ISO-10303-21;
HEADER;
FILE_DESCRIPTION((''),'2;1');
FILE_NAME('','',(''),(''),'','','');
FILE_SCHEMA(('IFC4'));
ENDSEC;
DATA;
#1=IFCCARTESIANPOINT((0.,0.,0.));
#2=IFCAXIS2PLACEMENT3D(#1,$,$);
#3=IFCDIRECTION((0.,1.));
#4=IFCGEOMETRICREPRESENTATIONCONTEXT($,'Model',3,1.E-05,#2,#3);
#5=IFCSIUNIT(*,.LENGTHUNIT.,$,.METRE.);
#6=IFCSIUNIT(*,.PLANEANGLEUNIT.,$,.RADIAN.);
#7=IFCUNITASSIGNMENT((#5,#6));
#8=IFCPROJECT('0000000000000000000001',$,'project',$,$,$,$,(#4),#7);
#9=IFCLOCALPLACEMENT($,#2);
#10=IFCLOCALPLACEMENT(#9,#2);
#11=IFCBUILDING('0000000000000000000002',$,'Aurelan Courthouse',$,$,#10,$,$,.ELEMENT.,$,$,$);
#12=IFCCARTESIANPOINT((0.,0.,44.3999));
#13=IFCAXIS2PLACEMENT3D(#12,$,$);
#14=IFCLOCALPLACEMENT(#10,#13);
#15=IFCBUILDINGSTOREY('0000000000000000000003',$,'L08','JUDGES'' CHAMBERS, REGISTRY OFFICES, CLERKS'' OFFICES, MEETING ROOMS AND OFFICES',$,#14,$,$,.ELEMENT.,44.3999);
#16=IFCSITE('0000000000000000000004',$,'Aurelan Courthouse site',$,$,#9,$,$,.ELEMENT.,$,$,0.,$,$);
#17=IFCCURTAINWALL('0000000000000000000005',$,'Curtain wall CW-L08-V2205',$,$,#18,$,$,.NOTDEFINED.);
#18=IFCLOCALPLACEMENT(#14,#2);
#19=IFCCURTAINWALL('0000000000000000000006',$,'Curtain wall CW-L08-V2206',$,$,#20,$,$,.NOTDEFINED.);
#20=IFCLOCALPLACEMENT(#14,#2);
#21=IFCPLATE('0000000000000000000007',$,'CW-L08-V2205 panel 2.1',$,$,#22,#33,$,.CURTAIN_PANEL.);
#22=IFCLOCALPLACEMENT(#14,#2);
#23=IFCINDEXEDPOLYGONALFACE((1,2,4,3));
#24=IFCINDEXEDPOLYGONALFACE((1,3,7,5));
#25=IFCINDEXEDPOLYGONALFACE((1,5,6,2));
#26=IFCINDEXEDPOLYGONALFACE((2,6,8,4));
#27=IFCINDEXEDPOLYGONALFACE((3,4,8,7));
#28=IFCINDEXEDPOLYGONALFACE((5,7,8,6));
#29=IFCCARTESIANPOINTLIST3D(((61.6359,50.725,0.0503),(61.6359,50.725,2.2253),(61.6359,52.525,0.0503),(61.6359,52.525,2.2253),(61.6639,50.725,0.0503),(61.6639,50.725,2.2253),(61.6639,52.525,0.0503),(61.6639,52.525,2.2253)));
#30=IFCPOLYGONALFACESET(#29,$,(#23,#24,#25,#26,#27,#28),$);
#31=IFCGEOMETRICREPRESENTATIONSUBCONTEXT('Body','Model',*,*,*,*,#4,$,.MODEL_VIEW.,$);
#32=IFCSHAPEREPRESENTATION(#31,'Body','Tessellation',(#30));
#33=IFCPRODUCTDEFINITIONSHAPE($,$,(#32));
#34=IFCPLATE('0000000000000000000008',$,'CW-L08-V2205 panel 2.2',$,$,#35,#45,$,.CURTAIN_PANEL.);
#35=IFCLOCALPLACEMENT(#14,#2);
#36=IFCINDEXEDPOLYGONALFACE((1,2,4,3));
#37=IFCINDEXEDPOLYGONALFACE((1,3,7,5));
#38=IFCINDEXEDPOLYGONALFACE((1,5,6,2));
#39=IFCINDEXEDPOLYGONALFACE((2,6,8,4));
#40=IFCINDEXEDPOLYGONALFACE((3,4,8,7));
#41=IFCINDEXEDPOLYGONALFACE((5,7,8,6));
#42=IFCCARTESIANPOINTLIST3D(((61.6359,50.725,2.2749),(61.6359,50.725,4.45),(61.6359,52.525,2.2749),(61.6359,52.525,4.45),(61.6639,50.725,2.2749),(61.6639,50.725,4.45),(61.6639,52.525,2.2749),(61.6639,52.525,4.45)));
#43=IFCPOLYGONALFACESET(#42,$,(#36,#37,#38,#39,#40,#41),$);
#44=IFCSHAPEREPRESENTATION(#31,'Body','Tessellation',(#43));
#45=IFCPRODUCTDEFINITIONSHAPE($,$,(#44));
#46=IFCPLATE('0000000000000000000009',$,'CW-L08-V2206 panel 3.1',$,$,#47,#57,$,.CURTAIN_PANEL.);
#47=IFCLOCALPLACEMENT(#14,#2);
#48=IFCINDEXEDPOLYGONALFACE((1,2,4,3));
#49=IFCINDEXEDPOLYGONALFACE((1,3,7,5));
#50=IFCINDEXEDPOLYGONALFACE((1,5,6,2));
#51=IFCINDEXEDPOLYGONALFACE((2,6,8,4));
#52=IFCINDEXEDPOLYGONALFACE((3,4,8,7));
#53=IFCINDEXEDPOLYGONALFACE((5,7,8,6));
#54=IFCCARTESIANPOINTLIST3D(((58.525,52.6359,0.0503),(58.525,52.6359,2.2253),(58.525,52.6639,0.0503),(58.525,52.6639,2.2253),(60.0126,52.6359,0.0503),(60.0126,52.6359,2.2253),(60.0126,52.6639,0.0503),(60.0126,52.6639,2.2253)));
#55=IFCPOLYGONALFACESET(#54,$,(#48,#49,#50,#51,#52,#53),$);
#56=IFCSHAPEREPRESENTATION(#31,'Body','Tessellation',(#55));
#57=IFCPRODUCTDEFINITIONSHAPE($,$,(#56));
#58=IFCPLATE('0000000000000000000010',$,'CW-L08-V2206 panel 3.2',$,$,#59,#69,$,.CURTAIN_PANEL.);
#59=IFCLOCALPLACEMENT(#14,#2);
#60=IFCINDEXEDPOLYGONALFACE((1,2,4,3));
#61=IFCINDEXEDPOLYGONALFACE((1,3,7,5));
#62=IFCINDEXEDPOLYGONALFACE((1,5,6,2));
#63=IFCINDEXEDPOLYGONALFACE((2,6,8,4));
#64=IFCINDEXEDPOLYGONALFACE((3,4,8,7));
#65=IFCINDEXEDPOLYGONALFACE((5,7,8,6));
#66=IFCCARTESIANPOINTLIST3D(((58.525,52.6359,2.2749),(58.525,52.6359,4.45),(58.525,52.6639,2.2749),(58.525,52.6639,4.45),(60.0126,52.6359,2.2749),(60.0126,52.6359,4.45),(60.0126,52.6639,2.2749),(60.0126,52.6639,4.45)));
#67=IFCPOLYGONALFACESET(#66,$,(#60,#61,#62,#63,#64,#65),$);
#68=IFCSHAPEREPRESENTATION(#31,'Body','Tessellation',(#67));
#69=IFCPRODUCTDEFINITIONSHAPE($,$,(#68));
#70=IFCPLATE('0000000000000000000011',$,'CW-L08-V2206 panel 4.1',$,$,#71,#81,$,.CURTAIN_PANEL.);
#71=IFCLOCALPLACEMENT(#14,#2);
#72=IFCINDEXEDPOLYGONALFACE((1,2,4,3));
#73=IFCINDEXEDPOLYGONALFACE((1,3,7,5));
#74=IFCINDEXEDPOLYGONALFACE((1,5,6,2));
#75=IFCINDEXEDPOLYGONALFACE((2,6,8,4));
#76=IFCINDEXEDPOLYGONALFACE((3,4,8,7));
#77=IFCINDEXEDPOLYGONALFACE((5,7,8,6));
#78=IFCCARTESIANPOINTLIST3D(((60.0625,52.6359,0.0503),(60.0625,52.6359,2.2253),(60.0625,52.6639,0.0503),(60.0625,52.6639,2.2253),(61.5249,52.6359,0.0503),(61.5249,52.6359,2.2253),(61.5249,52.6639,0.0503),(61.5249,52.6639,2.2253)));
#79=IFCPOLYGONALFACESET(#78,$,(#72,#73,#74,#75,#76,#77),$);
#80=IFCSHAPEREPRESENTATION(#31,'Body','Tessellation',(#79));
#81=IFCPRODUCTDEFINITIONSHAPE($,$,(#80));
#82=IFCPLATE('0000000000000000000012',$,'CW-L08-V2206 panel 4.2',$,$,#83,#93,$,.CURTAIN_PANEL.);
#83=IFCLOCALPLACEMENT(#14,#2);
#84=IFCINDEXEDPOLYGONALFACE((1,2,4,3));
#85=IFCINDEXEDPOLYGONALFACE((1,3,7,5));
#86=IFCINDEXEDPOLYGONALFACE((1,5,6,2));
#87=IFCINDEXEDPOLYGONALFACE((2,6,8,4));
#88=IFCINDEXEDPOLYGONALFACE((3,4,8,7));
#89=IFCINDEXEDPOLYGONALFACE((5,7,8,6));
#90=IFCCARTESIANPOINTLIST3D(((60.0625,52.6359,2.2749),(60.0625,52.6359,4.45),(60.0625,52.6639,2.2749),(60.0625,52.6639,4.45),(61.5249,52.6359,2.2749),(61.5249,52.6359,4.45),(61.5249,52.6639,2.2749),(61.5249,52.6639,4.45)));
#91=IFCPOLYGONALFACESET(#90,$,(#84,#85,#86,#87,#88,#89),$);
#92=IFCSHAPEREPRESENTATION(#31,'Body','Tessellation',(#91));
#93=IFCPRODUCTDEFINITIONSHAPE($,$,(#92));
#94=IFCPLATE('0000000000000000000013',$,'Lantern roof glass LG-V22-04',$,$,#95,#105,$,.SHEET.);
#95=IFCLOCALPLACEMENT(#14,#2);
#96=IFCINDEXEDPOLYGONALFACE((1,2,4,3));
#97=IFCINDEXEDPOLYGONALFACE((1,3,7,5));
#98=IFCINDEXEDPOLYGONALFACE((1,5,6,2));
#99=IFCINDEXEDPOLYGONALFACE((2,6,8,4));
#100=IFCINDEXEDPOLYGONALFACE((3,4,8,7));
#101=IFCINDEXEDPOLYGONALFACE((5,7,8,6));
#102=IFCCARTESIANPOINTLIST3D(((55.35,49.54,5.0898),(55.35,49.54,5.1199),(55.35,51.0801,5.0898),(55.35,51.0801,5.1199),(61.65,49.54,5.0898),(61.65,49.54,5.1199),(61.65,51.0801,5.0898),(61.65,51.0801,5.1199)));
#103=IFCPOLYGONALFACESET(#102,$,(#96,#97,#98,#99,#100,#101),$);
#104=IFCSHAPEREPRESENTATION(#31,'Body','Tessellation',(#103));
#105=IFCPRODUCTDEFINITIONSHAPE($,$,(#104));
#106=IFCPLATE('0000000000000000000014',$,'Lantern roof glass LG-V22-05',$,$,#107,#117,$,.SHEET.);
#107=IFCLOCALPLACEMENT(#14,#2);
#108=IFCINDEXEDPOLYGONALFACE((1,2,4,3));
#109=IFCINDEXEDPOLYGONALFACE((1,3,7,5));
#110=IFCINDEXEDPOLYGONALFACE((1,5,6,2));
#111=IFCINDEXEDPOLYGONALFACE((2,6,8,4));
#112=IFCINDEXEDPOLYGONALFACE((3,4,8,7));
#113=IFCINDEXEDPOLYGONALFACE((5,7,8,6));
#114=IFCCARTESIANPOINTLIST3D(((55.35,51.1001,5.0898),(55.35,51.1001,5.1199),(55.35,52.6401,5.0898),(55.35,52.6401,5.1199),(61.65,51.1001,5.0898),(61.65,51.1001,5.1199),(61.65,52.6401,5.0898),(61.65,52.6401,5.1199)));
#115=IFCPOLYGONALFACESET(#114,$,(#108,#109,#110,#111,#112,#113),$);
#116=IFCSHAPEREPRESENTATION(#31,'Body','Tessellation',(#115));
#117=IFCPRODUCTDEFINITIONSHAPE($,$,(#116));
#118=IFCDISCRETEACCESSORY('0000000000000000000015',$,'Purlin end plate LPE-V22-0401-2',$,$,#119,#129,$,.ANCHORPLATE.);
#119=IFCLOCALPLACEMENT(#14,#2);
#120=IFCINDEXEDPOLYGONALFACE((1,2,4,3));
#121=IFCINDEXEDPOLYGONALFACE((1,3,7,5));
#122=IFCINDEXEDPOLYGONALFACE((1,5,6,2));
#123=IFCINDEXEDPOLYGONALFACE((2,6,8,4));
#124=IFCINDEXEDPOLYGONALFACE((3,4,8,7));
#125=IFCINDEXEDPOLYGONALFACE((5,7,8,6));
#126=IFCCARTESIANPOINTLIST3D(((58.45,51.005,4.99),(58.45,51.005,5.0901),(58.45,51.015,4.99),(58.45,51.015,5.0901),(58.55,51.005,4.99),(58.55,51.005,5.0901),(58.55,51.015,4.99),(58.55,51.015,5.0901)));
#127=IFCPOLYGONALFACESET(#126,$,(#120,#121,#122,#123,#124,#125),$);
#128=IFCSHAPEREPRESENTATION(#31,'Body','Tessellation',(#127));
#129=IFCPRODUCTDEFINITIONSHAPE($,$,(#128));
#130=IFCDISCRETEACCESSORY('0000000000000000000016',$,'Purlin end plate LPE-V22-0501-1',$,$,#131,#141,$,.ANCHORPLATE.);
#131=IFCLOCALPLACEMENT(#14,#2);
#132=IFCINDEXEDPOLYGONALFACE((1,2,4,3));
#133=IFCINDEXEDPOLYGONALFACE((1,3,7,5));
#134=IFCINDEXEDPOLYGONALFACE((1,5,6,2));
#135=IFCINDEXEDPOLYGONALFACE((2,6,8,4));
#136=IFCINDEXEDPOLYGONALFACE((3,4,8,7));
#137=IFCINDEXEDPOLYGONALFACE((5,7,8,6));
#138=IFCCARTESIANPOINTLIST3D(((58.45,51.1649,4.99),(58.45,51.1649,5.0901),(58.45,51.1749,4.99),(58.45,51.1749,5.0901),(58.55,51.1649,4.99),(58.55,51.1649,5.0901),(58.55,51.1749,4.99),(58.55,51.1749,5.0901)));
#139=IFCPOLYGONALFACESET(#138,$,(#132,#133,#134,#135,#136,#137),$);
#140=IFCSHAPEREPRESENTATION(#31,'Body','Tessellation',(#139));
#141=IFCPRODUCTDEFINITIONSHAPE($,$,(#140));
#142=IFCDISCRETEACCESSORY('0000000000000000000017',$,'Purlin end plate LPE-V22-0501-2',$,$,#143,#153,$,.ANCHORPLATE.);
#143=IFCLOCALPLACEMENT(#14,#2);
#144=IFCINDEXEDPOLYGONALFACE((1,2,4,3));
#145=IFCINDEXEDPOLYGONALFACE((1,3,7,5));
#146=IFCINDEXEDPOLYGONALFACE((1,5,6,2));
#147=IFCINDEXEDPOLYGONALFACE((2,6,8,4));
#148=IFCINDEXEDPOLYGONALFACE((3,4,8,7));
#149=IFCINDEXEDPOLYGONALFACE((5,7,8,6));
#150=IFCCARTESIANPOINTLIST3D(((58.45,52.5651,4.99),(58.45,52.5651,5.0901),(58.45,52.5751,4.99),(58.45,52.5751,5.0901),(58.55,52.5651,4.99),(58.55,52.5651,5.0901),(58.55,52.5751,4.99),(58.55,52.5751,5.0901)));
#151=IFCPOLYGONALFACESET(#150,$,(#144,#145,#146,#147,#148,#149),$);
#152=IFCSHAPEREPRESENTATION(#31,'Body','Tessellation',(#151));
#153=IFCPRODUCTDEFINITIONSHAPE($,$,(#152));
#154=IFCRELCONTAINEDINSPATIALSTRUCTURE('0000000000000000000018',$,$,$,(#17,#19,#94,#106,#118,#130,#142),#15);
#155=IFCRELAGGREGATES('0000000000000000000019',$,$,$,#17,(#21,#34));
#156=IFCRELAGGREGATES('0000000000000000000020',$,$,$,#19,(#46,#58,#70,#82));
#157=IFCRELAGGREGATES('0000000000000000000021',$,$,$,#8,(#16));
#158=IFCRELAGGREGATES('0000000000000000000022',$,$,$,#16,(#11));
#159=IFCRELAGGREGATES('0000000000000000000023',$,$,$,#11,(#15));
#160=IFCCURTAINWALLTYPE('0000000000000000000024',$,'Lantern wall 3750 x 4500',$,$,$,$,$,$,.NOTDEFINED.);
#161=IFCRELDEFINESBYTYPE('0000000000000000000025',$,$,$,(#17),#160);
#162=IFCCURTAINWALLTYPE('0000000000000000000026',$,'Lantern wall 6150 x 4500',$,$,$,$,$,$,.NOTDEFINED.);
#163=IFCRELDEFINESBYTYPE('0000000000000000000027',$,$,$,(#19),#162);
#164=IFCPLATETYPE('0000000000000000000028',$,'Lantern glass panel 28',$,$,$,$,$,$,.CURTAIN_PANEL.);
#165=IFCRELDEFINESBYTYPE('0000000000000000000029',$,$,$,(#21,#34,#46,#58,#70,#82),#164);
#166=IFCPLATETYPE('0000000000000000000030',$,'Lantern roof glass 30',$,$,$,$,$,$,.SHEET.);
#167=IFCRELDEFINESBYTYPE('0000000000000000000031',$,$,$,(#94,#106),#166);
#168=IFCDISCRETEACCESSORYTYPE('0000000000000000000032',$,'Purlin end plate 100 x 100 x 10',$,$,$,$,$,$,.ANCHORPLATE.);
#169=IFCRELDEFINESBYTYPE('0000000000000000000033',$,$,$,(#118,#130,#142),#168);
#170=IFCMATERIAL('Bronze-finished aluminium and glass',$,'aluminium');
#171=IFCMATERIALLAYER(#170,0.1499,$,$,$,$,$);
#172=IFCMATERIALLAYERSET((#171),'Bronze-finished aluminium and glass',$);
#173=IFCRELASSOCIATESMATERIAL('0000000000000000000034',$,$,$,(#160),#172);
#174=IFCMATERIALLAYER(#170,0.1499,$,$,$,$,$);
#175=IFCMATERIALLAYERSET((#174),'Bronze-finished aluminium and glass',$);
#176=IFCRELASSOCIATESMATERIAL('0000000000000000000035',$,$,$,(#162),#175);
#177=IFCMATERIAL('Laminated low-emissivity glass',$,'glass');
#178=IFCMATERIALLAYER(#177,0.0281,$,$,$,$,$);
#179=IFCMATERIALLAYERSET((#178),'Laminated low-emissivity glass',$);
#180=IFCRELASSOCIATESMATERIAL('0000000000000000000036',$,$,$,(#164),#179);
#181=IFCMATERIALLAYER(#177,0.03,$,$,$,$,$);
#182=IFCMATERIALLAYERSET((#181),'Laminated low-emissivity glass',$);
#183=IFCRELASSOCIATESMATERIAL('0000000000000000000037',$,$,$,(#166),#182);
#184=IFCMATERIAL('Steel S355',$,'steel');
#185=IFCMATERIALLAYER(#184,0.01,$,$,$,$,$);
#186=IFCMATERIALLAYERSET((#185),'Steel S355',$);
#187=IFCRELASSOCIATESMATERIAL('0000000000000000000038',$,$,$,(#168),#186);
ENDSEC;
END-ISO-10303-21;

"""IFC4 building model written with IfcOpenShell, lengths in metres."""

from ifc_helpers import new_model, si_unit, direction, frame, origin, origin_2d, place, context, subcontext, project, spatial, rectangle, extrude, material, layer, layer_set, type_object, element, aggregate, save


model = new_model("IFC4")

# Units and contexts
model_context = context("Model", 3, precision=1e-05, world=origin(), true_north=direction((0.0, 1.0)))
body_context = subcontext(model_context, "Body", "Model", "MODEL_VIEW")
ifc_project = project(units=[si_unit("LENGTHUNIT", "METRE"), si_unit("PLANEANGLEUNIT", "RADIAN")], contexts=[model_context])

# Site, building, storey
site_placement = place(None, origin())
site = spatial("IfcSite", under=ifc_project, at=site_placement, Name="Aurelan Courthouse site", CompositionType="ELEMENT", RefElevation=0.0)
building_placement = place(site_placement, origin())
building = spatial("IfcBuilding", under=site, at=building_placement, Name="Aurelan Courthouse", CompositionType="ELEMENT")
storey_placement = place(building_placement, frame((0.0, 0.0, 44.3999)))
storey = spatial("IfcBuildingStorey", under=building, at=storey_placement, Name="L08", Description="JUDGES' CHAMBERS, REGISTRY OFFICES, CLERKS' OFFICES, MEETING ROOMS AND OFFICES", CompositionType="ELEMENT", Elevation=44.3999)

# Shared definitions
ifc_material_1 = material(Name="Steel S355", Category="steel")

# Curtain walls
ifc_material_2 = material(Name="Bronze-finished aluminium and glass", Category="aluminium")
ifc_layer_1 = layer(ifc_material_2, 0.1499)
ifc_layer_set_1 = layer_set([ifc_layer_1], Name="Bronze-finished aluminium and glass")
curtain_wall_type_1 = type_object("IfcCurtainWallType", Name="Lantern wall 3750 x 4500", PredefinedType="NOTDEFINED", material=ifc_layer_set_1)
curtain_wall_1_placement = place(storey_placement, origin())
curtain_wall_1 = element("IfcCurtainWall", 1, at=curtain_wall_1_placement, inside=storey, type_object=curtain_wall_type_1, Name="Curtain wall CW-L08-V2205", PredefinedType="NOTDEFINED")
ifc_layer_2 = layer(ifc_material_2, 0.1499)
ifc_layer_set_2 = layer_set([ifc_layer_2], Name="Bronze-finished aluminium and glass")
curtain_wall_type_2 = type_object("IfcCurtainWallType", Name="Lantern wall 6150 x 4500", PredefinedType="NOTDEFINED", material=ifc_layer_set_2)
curtain_wall_2_placement = place(storey_placement, origin())
curtain_wall_2 = element("IfcCurtainWall", 2, at=curtain_wall_2_placement, inside=storey, type_object=curtain_wall_type_2, Name="Curtain wall CW-L08-V2206", PredefinedType="NOTDEFINED")

# Plates
ifc_material_3 = material(Name="Laminated low-emissivity glass", Category="glass")
ifc_layer_3 = layer(ifc_material_3, 0.0281)
ifc_layer_set_3 = layer_set([ifc_layer_3], Name="Laminated low-emissivity glass")
plate_type_1 = type_object("IfcPlateType", Name="Lantern glass panel 28", PredefinedType="CURTAIN_PANEL", material=ifc_layer_set_3)
plate_1_placement = place(storey_placement, frame((61.6499, 51.625, 0.0503), z_axis=(0.0, 0.0, 1.0), x_axis=(0.0, 1.0, 0.0)))
plate_1 = element("IfcPlate", 3, at=plate_1_placement, type_object=plate_type_1, Name="CW-L08-V2205 panel 2.1", PredefinedType="CURTAIN_PANEL", context=body_context, shape_type="SweptSolid", body=[
    extrude(rectangle(XDim=1.8, YDim=0.0281, at=origin_2d()), origin(), (0.0, 0.0, 1.0), 2.175),
])
plate_2_placement = place(storey_placement, frame((61.6499, 51.625, 2.2749), z_axis=(0.0, 0.0, 1.0), x_axis=(0.0, 1.0, 0.0)))
plate_2 = element("IfcPlate", 4, at=plate_2_placement, type_object=plate_type_1, Name="CW-L08-V2205 panel 2.2", PredefinedType="CURTAIN_PANEL", context=body_context, shape_type="SweptSolid", body=[
    extrude(rectangle(XDim=1.8, YDim=0.0281, at=origin_2d()), origin(), (0.0, 0.0, 1.0), 2.175),
])
aggregate(curtain_wall_1, [plate_1, plate_2])
plate_3_placement = place(storey_placement, frame((59.2688, 52.6499, 0.0503), z_axis=(0.0, 0.0, 1.0), x_axis=(1.0, 0.0, 0.0)))
plate_3 = element("IfcPlate", 5, at=plate_3_placement, type_object=plate_type_1, Name="CW-L08-V2206 panel 3.1", PredefinedType="CURTAIN_PANEL", context=body_context, shape_type="SweptSolid", body=[
    extrude(rectangle(XDim=1.4875, YDim=0.0281, at=origin_2d()), origin(), (0.0, 0.0, 1.0), 2.175),
])
plate_4_placement = place(storey_placement, frame((59.2688, 52.6499, 2.2749), z_axis=(0.0, 0.0, 1.0), x_axis=(1.0, 0.0, 0.0)))
plate_4 = element("IfcPlate", 6, at=plate_4_placement, type_object=plate_type_1, Name="CW-L08-V2206 panel 3.2", PredefinedType="CURTAIN_PANEL", context=body_context, shape_type="SweptSolid", body=[
    extrude(rectangle(XDim=1.4875, YDim=0.0281, at=origin_2d()), origin(), (0.0, 0.0, 1.0), 2.175),
])
plate_5_placement = place(storey_placement, frame((60.7937, 52.6499, 0.0503), z_axis=(0.0, 0.0, 1.0), x_axis=(1.0, 0.0, 0.0)))
plate_5 = element("IfcPlate", 7, at=plate_5_placement, type_object=plate_type_1, Name="CW-L08-V2206 panel 4.1", PredefinedType="CURTAIN_PANEL", context=body_context, shape_type="SweptSolid", body=[
    extrude(rectangle(XDim=1.4624, YDim=0.0281, at=origin_2d()), origin(), (0.0, 0.0, 1.0), 2.175),
])
plate_6_placement = place(storey_placement, frame((60.7937, 52.6499, 2.2749), z_axis=(0.0, 0.0, 1.0), x_axis=(1.0, 0.0, 0.0)))
plate_6 = element("IfcPlate", 8, at=plate_6_placement, type_object=plate_type_1, Name="CW-L08-V2206 panel 4.2", PredefinedType="CURTAIN_PANEL", context=body_context, shape_type="SweptSolid", body=[
    extrude(rectangle(XDim=1.4624, YDim=0.0281, at=origin_2d()), origin(), (0.0, 0.0, 1.0), 2.175),
])
aggregate(curtain_wall_2, [plate_3, plate_4, plate_5, plate_6])

# Plates
ifc_layer_4 = layer(ifc_material_3, 0.03)
ifc_layer_set_4 = layer_set([ifc_layer_4], Name="Laminated low-emissivity glass")
plate_type_2 = type_object("IfcPlateType", Name="Lantern roof glass 30", PredefinedType="SHEET", material=ifc_layer_set_4)
for number, where, z_axis, x_axis, name in (
    (9, (58.5, 50.3101, 5.0898), (0.0, 0.0, 1.0), (1.0, 0.0, 0.0), "Lantern roof glass LG-V22-04"),
    (10, (58.5, 51.8701, 5.0898), (0.0, 0.0, 1.0), (1.0, 0.0, 0.0), "Lantern roof glass LG-V22-05"),
):
    element("IfcPlate", number, at=place(storey_placement, frame(where, z_axis=z_axis, x_axis=x_axis)), inside=storey, type_object=plate_type_2, Name=name, PredefinedType="SHEET", context=body_context, shape_type="SweptSolid", body=[
        extrude(rectangle(XDim=6.3, YDim=1.54, at=origin_2d()), origin(), (0.0, 0.0, 1.0), 0.03),
    ])

# Discrete accessories
ifc_layer_5 = layer(ifc_material_1, 0.01)
ifc_layer_set_5 = layer_set([ifc_layer_5], Name="Steel S355")
discrete_accessory_type = type_object("IfcDiscreteAccessoryType", Name="Purlin end plate 100 x 100 x 10", PredefinedType="ANCHORPLATE", material=ifc_layer_set_5)
for number, where, z_axis, x_axis, name in (
    (11, (58.5, 51.01, 4.99), (0.0, 0.0, 1.0), (1.0, 0.0, 0.0), "Purlin end plate LPE-V22-0401-2"),
    (12, (58.5, 51.1699, 4.99), (0.0, 0.0, 1.0), (1.0, 0.0, 0.0), "Purlin end plate LPE-V22-0501-1"),
    (13, (58.5, 52.5701, 4.99), (0.0, 0.0, 1.0), (1.0, 0.0, 0.0), "Purlin end plate LPE-V22-0501-2"),
):
    element("IfcDiscreteAccessory", number, at=place(storey_placement, frame(where, z_axis=z_axis, x_axis=x_axis)), inside=storey, type_object=discrete_accessory_type, Name=name, PredefinedType="ANCHORPLATE", context=body_context, shape_type="SweptSolid", body=[
        extrude(rectangle(XDim=0.1001, YDim=0.01, at=origin_2d()), origin(), (0.0, 0.0, 1.0), 0.1001),
    ])

save(model, "model.ifc")
